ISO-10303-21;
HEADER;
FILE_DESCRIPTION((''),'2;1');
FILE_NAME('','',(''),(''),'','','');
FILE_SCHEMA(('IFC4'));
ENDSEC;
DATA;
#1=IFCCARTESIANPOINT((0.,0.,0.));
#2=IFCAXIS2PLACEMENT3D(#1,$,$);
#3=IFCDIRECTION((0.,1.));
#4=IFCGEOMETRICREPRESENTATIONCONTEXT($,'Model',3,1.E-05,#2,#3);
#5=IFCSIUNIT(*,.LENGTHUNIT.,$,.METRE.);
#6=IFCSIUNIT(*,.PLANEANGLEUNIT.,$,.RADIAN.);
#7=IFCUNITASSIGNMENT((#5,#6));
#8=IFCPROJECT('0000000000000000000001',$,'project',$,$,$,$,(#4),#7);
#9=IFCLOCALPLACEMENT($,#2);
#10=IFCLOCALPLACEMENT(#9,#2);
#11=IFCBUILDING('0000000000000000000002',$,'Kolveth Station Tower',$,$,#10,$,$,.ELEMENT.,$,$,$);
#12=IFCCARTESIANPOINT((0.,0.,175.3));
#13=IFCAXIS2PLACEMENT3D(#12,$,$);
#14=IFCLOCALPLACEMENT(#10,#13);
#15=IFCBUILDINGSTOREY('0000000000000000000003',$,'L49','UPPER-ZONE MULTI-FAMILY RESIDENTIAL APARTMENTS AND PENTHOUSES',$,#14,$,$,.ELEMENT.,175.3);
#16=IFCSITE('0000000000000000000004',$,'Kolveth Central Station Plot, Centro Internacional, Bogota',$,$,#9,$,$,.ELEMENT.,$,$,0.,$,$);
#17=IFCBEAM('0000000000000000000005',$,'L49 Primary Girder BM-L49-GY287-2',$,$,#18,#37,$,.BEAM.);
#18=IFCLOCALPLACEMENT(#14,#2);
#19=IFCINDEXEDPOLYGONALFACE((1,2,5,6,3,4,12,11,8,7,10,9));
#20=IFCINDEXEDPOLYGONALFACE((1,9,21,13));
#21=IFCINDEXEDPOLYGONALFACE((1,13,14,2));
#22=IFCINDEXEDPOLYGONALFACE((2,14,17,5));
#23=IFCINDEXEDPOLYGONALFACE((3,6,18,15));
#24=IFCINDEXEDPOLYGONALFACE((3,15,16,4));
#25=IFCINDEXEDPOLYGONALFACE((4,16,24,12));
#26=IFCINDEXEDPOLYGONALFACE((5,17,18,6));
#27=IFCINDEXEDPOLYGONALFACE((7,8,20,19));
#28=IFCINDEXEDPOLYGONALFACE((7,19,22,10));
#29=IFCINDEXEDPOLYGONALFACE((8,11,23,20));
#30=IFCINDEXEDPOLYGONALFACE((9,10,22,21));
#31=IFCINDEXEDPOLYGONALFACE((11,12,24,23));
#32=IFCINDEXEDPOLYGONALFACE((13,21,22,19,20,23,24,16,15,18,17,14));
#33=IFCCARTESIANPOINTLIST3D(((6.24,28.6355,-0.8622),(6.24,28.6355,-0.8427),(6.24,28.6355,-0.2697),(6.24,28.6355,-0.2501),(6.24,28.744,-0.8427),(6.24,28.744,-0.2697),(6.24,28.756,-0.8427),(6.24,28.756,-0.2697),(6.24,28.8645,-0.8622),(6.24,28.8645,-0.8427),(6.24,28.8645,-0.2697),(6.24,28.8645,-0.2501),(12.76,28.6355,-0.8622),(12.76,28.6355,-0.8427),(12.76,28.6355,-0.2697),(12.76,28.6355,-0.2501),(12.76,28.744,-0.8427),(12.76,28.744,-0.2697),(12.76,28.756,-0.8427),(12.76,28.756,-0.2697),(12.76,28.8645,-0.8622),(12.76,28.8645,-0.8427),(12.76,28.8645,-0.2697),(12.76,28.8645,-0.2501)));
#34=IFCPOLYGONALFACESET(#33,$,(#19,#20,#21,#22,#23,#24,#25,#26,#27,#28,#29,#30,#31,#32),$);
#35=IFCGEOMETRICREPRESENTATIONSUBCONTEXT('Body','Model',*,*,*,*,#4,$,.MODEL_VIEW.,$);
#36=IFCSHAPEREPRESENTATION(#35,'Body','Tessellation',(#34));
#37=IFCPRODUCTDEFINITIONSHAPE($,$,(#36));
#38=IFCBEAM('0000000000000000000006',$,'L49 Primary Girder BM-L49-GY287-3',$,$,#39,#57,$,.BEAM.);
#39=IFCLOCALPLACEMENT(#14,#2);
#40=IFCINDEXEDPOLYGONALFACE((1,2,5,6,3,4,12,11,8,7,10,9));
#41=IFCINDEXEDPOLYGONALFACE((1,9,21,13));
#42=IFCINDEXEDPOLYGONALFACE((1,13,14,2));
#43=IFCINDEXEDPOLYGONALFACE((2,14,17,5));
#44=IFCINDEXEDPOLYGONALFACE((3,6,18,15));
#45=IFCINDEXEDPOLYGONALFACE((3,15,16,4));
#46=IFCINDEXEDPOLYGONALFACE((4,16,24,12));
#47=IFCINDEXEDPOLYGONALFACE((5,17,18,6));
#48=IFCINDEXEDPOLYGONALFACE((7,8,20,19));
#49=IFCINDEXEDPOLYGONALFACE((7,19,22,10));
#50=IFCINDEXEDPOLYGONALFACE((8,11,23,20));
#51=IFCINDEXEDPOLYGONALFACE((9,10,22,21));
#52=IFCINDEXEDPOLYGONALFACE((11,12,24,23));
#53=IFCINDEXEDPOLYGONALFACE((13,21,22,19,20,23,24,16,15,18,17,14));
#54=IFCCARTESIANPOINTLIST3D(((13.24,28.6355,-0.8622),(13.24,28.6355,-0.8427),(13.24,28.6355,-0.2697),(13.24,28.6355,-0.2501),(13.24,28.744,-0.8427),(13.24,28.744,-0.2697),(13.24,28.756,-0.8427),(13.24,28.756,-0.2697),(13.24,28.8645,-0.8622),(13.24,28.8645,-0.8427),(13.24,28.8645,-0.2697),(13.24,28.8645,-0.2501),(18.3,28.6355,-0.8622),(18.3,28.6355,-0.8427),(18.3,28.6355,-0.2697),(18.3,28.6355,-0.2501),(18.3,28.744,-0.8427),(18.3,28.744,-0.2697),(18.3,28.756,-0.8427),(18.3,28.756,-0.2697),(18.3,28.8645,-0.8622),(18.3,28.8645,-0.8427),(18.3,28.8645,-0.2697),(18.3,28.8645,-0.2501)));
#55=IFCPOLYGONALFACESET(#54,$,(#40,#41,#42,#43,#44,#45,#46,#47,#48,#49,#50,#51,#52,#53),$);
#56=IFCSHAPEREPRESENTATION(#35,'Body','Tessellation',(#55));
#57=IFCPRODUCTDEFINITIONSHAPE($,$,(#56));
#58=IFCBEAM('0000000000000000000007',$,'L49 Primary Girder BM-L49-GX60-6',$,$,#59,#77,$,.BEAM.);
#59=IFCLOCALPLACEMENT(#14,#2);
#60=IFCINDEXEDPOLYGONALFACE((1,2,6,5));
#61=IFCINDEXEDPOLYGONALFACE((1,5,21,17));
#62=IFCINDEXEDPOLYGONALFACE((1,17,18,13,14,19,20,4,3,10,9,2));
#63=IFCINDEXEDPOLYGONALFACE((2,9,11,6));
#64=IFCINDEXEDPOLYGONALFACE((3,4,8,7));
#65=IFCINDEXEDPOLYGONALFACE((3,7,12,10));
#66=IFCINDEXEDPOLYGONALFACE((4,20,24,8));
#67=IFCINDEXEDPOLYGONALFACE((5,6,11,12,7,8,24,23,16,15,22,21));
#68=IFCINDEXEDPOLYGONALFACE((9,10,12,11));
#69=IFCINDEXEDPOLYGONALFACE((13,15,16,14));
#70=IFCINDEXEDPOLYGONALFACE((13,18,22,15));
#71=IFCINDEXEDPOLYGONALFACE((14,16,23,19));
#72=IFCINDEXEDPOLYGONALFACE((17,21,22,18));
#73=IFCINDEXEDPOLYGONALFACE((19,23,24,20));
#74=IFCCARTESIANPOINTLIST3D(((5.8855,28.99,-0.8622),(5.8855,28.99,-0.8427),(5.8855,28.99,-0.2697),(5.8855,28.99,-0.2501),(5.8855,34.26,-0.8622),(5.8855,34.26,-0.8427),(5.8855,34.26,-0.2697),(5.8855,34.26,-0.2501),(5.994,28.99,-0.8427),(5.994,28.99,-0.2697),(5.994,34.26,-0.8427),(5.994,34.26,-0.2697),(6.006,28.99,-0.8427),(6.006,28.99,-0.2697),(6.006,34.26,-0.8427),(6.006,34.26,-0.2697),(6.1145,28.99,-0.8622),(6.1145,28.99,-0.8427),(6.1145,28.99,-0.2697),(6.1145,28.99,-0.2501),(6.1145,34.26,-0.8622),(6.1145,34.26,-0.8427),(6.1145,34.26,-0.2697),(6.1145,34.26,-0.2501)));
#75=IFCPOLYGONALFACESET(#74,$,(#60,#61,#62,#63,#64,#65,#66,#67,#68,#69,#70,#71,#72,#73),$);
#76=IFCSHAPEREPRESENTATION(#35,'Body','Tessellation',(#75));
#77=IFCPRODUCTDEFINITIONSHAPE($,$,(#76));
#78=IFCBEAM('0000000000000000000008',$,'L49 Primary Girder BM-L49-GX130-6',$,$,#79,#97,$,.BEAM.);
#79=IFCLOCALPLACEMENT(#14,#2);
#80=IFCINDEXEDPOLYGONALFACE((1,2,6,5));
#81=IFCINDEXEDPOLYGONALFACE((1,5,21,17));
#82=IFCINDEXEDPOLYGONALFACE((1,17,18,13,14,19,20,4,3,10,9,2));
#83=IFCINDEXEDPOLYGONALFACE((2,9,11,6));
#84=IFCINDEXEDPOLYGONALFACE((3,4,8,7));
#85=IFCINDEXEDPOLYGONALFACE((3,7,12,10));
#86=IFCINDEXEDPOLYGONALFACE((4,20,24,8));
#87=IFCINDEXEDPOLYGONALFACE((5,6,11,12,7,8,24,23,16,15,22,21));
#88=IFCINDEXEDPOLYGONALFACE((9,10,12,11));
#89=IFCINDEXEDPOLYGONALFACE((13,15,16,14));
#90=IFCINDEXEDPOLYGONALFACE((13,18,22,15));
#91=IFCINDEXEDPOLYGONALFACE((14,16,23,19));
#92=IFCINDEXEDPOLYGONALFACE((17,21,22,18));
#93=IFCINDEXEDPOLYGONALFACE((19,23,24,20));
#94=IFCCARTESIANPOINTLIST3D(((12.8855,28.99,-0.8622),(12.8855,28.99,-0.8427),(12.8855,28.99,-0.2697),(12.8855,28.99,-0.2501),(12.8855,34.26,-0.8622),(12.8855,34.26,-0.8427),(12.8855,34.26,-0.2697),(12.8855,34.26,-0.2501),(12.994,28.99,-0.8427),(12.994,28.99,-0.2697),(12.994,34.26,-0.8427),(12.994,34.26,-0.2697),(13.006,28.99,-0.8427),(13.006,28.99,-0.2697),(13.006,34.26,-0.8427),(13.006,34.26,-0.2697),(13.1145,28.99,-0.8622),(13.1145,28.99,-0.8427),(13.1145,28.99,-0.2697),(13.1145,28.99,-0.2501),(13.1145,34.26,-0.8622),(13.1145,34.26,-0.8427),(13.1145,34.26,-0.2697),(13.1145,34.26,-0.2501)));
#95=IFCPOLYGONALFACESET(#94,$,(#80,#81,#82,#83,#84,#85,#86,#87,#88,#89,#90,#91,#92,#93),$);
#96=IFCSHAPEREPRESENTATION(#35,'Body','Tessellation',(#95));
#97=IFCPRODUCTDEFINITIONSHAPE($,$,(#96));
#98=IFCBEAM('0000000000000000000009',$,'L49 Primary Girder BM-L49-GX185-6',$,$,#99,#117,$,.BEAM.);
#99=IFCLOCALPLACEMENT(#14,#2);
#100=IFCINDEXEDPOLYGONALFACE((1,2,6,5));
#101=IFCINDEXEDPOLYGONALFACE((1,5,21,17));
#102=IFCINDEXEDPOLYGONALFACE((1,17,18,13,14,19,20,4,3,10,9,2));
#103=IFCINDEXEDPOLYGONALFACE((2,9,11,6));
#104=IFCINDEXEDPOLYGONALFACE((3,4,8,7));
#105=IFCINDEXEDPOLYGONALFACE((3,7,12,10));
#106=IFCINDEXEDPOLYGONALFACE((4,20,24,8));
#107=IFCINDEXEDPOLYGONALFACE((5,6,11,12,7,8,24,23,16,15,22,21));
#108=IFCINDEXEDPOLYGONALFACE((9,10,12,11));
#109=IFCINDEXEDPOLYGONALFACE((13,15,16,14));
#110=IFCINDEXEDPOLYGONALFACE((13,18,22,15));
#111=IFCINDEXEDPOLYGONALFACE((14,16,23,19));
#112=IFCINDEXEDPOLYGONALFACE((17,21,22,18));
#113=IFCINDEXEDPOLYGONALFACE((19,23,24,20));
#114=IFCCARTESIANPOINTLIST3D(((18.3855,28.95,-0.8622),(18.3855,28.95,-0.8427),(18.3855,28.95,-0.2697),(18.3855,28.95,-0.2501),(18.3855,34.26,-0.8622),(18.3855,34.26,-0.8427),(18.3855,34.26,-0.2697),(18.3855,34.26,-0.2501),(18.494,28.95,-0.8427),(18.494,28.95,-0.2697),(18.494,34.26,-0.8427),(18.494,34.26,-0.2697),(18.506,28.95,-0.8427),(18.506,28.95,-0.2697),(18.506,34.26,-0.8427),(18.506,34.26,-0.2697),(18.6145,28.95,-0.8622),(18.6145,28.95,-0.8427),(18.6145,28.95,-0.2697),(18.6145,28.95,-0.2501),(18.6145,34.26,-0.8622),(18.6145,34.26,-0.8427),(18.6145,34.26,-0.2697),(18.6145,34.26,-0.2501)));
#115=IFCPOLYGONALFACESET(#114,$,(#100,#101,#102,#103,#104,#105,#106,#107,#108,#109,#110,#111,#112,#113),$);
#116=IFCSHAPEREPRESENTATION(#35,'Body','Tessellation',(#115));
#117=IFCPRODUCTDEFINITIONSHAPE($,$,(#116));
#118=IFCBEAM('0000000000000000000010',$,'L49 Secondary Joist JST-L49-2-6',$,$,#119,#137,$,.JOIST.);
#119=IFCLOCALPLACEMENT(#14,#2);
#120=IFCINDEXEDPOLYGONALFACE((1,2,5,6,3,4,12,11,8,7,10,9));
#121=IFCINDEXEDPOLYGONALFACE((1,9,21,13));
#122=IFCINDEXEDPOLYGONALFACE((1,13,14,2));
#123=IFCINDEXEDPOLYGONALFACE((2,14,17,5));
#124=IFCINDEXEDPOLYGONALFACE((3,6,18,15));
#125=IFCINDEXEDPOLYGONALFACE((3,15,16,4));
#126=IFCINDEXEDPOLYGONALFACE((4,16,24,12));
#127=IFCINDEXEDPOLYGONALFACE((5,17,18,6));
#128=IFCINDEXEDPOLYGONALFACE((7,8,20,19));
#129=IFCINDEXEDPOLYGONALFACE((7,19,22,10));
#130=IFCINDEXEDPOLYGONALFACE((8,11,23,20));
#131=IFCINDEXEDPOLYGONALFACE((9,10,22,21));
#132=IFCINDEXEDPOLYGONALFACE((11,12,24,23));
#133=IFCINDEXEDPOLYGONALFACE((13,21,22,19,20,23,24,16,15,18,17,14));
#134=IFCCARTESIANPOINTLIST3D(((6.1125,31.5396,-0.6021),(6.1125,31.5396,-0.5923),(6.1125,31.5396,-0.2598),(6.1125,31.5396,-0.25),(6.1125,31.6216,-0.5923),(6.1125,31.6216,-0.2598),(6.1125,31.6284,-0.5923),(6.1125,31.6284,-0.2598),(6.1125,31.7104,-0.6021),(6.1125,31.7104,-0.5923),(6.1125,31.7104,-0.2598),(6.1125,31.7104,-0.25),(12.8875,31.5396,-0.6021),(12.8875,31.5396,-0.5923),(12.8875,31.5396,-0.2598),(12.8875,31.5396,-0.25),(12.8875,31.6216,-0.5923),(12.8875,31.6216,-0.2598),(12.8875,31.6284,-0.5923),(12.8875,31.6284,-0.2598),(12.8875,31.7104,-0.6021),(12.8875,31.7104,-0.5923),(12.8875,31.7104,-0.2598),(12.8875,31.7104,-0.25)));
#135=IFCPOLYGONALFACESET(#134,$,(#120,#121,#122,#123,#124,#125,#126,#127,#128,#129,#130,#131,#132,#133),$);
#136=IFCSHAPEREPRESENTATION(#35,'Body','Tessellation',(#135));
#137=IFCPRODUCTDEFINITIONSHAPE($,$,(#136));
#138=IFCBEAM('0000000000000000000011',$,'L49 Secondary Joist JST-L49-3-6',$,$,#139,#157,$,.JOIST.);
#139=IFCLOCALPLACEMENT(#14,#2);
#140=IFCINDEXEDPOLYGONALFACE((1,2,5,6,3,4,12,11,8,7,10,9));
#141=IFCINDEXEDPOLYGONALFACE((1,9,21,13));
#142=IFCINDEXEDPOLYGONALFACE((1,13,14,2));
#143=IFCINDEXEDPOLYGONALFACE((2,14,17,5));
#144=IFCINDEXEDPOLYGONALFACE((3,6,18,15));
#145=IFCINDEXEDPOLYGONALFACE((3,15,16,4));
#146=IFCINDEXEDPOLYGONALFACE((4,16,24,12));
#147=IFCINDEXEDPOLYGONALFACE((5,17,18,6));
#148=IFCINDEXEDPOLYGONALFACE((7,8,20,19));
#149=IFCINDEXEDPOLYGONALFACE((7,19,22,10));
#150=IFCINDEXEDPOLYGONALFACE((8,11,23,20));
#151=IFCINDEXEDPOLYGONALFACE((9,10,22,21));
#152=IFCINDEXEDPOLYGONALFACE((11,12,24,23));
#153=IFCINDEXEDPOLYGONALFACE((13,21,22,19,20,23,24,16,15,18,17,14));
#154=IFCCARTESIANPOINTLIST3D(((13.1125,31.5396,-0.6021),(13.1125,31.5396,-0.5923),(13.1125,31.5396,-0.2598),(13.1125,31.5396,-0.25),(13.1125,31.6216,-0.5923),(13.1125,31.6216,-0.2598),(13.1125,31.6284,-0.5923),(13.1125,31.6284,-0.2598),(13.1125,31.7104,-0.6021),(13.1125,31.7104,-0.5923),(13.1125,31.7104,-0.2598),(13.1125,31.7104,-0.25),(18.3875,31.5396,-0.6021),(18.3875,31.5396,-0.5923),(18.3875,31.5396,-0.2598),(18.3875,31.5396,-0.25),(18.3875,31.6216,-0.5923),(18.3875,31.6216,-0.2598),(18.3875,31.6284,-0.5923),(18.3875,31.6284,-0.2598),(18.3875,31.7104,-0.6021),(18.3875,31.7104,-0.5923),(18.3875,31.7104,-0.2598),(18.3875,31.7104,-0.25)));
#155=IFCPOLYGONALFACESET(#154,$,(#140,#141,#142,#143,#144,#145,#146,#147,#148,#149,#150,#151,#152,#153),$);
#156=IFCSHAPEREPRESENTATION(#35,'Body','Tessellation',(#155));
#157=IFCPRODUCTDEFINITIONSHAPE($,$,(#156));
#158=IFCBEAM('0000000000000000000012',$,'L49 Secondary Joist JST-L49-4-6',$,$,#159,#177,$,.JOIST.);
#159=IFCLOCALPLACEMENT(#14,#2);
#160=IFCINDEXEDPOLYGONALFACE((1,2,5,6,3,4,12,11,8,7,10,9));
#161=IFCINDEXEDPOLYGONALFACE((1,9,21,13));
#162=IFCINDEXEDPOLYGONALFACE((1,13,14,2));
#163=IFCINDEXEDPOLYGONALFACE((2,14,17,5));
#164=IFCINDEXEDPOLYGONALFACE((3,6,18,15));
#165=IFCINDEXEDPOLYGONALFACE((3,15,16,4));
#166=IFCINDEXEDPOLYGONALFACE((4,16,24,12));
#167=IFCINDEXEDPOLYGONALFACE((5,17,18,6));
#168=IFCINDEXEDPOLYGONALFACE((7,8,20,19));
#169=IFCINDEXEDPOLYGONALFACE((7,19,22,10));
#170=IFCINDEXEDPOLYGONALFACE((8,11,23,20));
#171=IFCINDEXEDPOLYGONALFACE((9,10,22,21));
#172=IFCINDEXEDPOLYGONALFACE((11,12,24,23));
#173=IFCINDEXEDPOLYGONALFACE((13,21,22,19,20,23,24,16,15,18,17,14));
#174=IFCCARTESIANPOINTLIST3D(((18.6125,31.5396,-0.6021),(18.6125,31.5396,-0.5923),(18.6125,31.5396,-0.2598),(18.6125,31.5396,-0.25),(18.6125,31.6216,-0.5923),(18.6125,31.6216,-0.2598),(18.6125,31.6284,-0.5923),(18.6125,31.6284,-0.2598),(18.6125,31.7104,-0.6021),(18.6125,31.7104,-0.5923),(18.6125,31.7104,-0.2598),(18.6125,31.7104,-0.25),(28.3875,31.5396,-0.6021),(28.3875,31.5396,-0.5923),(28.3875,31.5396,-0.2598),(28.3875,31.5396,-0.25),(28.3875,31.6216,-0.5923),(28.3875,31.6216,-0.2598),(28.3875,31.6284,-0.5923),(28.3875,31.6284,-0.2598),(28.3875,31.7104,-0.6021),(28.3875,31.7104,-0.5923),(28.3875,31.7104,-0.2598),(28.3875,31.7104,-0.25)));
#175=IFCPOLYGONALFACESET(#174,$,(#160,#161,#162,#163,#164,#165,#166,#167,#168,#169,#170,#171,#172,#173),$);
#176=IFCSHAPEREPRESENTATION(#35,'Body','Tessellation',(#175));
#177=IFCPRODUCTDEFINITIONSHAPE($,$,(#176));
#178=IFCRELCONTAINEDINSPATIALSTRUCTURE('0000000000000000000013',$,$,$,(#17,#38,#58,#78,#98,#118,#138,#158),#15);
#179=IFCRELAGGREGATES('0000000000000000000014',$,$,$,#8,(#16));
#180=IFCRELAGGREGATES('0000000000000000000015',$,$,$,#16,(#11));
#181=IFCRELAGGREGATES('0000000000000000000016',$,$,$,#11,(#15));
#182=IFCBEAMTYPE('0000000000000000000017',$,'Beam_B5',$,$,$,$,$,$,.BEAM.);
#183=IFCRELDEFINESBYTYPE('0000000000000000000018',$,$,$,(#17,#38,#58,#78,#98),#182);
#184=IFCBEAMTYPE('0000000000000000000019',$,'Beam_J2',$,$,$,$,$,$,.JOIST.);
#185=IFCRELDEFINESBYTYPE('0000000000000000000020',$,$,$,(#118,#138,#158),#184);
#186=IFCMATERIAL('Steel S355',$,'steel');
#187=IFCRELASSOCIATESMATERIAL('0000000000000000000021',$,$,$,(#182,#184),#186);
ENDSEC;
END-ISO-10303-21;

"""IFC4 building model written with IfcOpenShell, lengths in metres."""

from ifc_helpers import new_model, si_unit, direction, frame, origin, origin_2d, place, context, subcontext, project, spatial, i_section, extrude, source, transform, mapped, material, material_profile, profile_set, type_object, element, save


model = new_model("IFC4")

# Units and contexts
model_context = context("Model", 3, precision=1e-05, world=origin(), true_north=direction((0.0, 1.0)))
body_context = subcontext(model_context, "Body", "Model", "MODEL_VIEW")
ifc_project = project(units=[si_unit("LENGTHUNIT", "METRE"), si_unit("PLANEANGLEUNIT", "RADIAN")], contexts=[model_context])

# Site, building, storey
site_placement = place(None, origin())
site = spatial("IfcSite", under=ifc_project, at=site_placement, Name="Kolveth Central Station Plot, Centro Internacional, Bogota", CompositionType="ELEMENT", RefElevation=0.0)
building_placement = place(site_placement, origin())
building = spatial("IfcBuilding", under=site, at=building_placement, Name="Kolveth Station Tower", CompositionType="ELEMENT")
storey_placement = place(building_placement, frame((0.0, 0.0, 175.3)))
storey = spatial("IfcBuildingStorey", under=building, at=storey_placement, Name="L49", Description="UPPER-ZONE MULTI-FAMILY RESIDENTIAL APARTMENTS AND PENTHOUSES", CompositionType="ELEMENT", Elevation=175.3)

# Shared definitions
ifc_material_1 = material(Name="Steel S355", Category="steel")

# Beams
ifc_material_profile_1 = material_profile(ifc_material_1, i_section(OverallWidth=0.229, OverallDepth=0.6121, WebThickness=0.012, FlangeThickness=0.0195, at=origin_2d()), Name="W610x125")
ifc_profile_set_1 = profile_set([ifc_material_profile_1], Name="Steel S355")
beam_type_1 = type_object("IfcBeamType", Name="Beam_B5", PredefinedType="BEAM", material=ifc_profile_set_1)
shared_shape_1 = source(origin(), body_context, "Body", "SweptSolid", [
    extrude(i_section(OverallWidth=0.229, OverallDepth=0.6121, WebThickness=0.012, FlangeThickness=0.0195, at=origin_2d()), origin(), (0.0, 0.0, 1.0), 6.52),
])
beam_1_placement = place(storey_placement, frame((6.24, 28.75, -0.5562), z_axis=(1.0, 0.0, 0.0), x_axis=(0.0, 1.0, 0.0)))
element("IfcBeam", 1, at=beam_1_placement, inside=storey, type_object=beam_type_1, Name="L49 Primary Girder BM-L49-GY287-2", PredefinedType="BEAM", context=body_context, shape_type="MappedRepresentation", body=[
    mapped(shared_shape_1, transform((0.0, 0.0, 0.0), x_axis=(1.0, 0.0, 0.0), y_axis=(0.0, 1.0, 0.0), z_axis=(0.0, 0.0, 1.0), scale=1.0)),
])
shared_shape_2 = source(origin(), body_context, "Body", "SweptSolid", [
    extrude(i_section(OverallWidth=0.229, OverallDepth=0.6121, WebThickness=0.012, FlangeThickness=0.0195, at=origin_2d()), origin(), (0.0, 0.0, 1.0), 5.0601),
])
beam_2_placement = place(storey_placement, frame((13.24, 28.75, -0.5562), z_axis=(1.0, 0.0, 0.0), x_axis=(0.0, 1.0, 0.0)))
element("IfcBeam", 2, at=beam_2_placement, inside=storey, type_object=beam_type_1, Name="L49 Primary Girder BM-L49-GY287-3", PredefinedType="BEAM", context=body_context, shape_type="MappedRepresentation", body=[
    mapped(shared_shape_2, transform((0.0, 0.0, 0.0), x_axis=(1.0, 0.0, 0.0), y_axis=(0.0, 1.0, 0.0), z_axis=(0.0, 0.0, 1.0), scale=1.0)),
])
shared_shape_3 = source(origin(), body_context, "Body", "SweptSolid", [
    extrude(i_section(OverallWidth=0.229, OverallDepth=0.6121, WebThickness=0.012, FlangeThickness=0.0195, at=origin_2d()), origin(), (0.0, 0.0, 1.0), 5.27),
])
for number, where, z_axis, x_axis, name in (
    (3, (6.0, 28.99, -0.5562), (0.0, 1.0, 0.0), (-1.0, 0.0, 0.0), "L49 Primary Girder BM-L49-GX60-6"),
    (4, (13.0, 28.99, -0.5562), (0.0, 1.0, 0.0), (-1.0, 0.0, 0.0), "L49 Primary Girder BM-L49-GX130-6"),
):
    element("IfcBeam", number, at=place(storey_placement, frame(where, z_axis=z_axis, x_axis=x_axis)), inside=storey, type_object=beam_type_1, Name=name, PredefinedType="BEAM", context=body_context, shape_type="MappedRepresentation", body=[
        mapped(shared_shape_3, transform((0.0, 0.0, 0.0), x_axis=(1.0, 0.0, 0.0), y_axis=(0.0, 1.0, 0.0), z_axis=(0.0, 0.0, 1.0), scale=1.0)),
    ])
shared_shape_4 = source(origin(), body_context, "Body", "SweptSolid", [
    extrude(i_section(OverallWidth=0.229, OverallDepth=0.6121, WebThickness=0.012, FlangeThickness=0.0195, at=origin_2d()), origin(), (0.0, 0.0, 1.0), 5.3101),
])
beam_3_placement = place(storey_placement, frame((18.5, 28.95, -0.5562), z_axis=(0.0, 1.0, 0.0), x_axis=(-1.0, 0.0, 0.0)))
element("IfcBeam", 5, at=beam_3_placement, inside=storey, type_object=beam_type_1, Name="L49 Primary Girder BM-L49-GX185-6", PredefinedType="BEAM", context=body_context, shape_type="MappedRepresentation", body=[
    mapped(shared_shape_4, transform((0.0, 0.0, 0.0), x_axis=(1.0, 0.0, 0.0), y_axis=(0.0, 1.0, 0.0), z_axis=(0.0, 0.0, 1.0), scale=1.0)),
])
ifc_material_profile_2 = material_profile(ifc_material_1, i_section(OverallWidth=0.1709, OverallDepth=0.3521, WebThickness=0.0068, FlangeThickness=0.0098, at=origin_2d()), Name="W360x44")
ifc_profile_set_2 = profile_set([ifc_material_profile_2], Name="Steel S355")
beam_type_2 = type_object("IfcBeamType", Name="Beam_J2", PredefinedType="JOIST", material=ifc_profile_set_2)
shared_shape_5 = source(origin(), body_context, "Body", "SweptSolid", [
    extrude(i_section(OverallWidth=0.1709, OverallDepth=0.3521, WebThickness=0.0068, FlangeThickness=0.0098, at=origin_2d()), origin(), (0.0, 0.0, 1.0), 6.7749),
])
beam_4_placement = place(storey_placement, frame((6.1125, 31.625, -0.426), z_axis=(1.0, 0.0, 0.0), x_axis=(0.0, 1.0, 0.0)))
element("IfcBeam", 6, at=beam_4_placement, inside=storey, type_object=beam_type_2, Name="L49 Secondary Joist JST-L49-2-6", PredefinedType="JOIST", context=body_context, shape_type="MappedRepresentation", body=[
    mapped(shared_shape_5, transform((0.0, 0.0, 0.0), x_axis=(1.0, 0.0, 0.0), y_axis=(0.0, 1.0, 0.0), z_axis=(0.0, 0.0, 1.0), scale=1.0)),
])
shared_shape_6 = source(origin(), body_context, "Body", "SweptSolid", [
    extrude(i_section(OverallWidth=0.1709, OverallDepth=0.3521, WebThickness=0.0068, FlangeThickness=0.0098, at=origin_2d()), origin(), (0.0, 0.0, 1.0), 5.2749),
])
beam_5_placement = place(storey_placement, frame((13.1125, 31.625, -0.426), z_axis=(1.0, 0.0, 0.0), x_axis=(0.0, 1.0, 0.0)))
element("IfcBeam", 7, at=beam_5_placement, inside=storey, type_object=beam_type_2, Name="L49 Secondary Joist JST-L49-3-6", PredefinedType="JOIST", context=body_context, shape_type="MappedRepresentation", body=[
    mapped(shared_shape_6, transform((0.0, 0.0, 0.0), x_axis=(1.0, 0.0, 0.0), y_axis=(0.0, 1.0, 0.0), z_axis=(0.0, 0.0, 1.0), scale=1.0)),
])
shared_shape_7 = source(origin(), body_context, "Body", "SweptSolid", [
    extrude(i_section(OverallWidth=0.1709, OverallDepth=0.3521, WebThickness=0.0068, FlangeThickness=0.0098, at=origin_2d()), origin(), (0.0, 0.0, 1.0), 9.7749),
])
beam_6_placement = place(storey_placement, frame((18.6125, 31.625, -0.426), z_axis=(1.0, 0.0, 0.0), x_axis=(0.0, 1.0, 0.0)))
element("IfcBeam", 8, at=beam_6_placement, inside=storey, type_object=beam_type_2, Name="L49 Secondary Joist JST-L49-4-6", PredefinedType="JOIST", context=body_context, shape_type="MappedRepresentation", body=[
    mapped(shared_shape_7, transform((0.0, 0.0, 0.0), x_axis=(1.0, 0.0, 0.0), y_axis=(0.0, 1.0, 0.0), z_axis=(0.0, 0.0, 1.0), scale=1.0)),
])

save(model, "model.ifc")
